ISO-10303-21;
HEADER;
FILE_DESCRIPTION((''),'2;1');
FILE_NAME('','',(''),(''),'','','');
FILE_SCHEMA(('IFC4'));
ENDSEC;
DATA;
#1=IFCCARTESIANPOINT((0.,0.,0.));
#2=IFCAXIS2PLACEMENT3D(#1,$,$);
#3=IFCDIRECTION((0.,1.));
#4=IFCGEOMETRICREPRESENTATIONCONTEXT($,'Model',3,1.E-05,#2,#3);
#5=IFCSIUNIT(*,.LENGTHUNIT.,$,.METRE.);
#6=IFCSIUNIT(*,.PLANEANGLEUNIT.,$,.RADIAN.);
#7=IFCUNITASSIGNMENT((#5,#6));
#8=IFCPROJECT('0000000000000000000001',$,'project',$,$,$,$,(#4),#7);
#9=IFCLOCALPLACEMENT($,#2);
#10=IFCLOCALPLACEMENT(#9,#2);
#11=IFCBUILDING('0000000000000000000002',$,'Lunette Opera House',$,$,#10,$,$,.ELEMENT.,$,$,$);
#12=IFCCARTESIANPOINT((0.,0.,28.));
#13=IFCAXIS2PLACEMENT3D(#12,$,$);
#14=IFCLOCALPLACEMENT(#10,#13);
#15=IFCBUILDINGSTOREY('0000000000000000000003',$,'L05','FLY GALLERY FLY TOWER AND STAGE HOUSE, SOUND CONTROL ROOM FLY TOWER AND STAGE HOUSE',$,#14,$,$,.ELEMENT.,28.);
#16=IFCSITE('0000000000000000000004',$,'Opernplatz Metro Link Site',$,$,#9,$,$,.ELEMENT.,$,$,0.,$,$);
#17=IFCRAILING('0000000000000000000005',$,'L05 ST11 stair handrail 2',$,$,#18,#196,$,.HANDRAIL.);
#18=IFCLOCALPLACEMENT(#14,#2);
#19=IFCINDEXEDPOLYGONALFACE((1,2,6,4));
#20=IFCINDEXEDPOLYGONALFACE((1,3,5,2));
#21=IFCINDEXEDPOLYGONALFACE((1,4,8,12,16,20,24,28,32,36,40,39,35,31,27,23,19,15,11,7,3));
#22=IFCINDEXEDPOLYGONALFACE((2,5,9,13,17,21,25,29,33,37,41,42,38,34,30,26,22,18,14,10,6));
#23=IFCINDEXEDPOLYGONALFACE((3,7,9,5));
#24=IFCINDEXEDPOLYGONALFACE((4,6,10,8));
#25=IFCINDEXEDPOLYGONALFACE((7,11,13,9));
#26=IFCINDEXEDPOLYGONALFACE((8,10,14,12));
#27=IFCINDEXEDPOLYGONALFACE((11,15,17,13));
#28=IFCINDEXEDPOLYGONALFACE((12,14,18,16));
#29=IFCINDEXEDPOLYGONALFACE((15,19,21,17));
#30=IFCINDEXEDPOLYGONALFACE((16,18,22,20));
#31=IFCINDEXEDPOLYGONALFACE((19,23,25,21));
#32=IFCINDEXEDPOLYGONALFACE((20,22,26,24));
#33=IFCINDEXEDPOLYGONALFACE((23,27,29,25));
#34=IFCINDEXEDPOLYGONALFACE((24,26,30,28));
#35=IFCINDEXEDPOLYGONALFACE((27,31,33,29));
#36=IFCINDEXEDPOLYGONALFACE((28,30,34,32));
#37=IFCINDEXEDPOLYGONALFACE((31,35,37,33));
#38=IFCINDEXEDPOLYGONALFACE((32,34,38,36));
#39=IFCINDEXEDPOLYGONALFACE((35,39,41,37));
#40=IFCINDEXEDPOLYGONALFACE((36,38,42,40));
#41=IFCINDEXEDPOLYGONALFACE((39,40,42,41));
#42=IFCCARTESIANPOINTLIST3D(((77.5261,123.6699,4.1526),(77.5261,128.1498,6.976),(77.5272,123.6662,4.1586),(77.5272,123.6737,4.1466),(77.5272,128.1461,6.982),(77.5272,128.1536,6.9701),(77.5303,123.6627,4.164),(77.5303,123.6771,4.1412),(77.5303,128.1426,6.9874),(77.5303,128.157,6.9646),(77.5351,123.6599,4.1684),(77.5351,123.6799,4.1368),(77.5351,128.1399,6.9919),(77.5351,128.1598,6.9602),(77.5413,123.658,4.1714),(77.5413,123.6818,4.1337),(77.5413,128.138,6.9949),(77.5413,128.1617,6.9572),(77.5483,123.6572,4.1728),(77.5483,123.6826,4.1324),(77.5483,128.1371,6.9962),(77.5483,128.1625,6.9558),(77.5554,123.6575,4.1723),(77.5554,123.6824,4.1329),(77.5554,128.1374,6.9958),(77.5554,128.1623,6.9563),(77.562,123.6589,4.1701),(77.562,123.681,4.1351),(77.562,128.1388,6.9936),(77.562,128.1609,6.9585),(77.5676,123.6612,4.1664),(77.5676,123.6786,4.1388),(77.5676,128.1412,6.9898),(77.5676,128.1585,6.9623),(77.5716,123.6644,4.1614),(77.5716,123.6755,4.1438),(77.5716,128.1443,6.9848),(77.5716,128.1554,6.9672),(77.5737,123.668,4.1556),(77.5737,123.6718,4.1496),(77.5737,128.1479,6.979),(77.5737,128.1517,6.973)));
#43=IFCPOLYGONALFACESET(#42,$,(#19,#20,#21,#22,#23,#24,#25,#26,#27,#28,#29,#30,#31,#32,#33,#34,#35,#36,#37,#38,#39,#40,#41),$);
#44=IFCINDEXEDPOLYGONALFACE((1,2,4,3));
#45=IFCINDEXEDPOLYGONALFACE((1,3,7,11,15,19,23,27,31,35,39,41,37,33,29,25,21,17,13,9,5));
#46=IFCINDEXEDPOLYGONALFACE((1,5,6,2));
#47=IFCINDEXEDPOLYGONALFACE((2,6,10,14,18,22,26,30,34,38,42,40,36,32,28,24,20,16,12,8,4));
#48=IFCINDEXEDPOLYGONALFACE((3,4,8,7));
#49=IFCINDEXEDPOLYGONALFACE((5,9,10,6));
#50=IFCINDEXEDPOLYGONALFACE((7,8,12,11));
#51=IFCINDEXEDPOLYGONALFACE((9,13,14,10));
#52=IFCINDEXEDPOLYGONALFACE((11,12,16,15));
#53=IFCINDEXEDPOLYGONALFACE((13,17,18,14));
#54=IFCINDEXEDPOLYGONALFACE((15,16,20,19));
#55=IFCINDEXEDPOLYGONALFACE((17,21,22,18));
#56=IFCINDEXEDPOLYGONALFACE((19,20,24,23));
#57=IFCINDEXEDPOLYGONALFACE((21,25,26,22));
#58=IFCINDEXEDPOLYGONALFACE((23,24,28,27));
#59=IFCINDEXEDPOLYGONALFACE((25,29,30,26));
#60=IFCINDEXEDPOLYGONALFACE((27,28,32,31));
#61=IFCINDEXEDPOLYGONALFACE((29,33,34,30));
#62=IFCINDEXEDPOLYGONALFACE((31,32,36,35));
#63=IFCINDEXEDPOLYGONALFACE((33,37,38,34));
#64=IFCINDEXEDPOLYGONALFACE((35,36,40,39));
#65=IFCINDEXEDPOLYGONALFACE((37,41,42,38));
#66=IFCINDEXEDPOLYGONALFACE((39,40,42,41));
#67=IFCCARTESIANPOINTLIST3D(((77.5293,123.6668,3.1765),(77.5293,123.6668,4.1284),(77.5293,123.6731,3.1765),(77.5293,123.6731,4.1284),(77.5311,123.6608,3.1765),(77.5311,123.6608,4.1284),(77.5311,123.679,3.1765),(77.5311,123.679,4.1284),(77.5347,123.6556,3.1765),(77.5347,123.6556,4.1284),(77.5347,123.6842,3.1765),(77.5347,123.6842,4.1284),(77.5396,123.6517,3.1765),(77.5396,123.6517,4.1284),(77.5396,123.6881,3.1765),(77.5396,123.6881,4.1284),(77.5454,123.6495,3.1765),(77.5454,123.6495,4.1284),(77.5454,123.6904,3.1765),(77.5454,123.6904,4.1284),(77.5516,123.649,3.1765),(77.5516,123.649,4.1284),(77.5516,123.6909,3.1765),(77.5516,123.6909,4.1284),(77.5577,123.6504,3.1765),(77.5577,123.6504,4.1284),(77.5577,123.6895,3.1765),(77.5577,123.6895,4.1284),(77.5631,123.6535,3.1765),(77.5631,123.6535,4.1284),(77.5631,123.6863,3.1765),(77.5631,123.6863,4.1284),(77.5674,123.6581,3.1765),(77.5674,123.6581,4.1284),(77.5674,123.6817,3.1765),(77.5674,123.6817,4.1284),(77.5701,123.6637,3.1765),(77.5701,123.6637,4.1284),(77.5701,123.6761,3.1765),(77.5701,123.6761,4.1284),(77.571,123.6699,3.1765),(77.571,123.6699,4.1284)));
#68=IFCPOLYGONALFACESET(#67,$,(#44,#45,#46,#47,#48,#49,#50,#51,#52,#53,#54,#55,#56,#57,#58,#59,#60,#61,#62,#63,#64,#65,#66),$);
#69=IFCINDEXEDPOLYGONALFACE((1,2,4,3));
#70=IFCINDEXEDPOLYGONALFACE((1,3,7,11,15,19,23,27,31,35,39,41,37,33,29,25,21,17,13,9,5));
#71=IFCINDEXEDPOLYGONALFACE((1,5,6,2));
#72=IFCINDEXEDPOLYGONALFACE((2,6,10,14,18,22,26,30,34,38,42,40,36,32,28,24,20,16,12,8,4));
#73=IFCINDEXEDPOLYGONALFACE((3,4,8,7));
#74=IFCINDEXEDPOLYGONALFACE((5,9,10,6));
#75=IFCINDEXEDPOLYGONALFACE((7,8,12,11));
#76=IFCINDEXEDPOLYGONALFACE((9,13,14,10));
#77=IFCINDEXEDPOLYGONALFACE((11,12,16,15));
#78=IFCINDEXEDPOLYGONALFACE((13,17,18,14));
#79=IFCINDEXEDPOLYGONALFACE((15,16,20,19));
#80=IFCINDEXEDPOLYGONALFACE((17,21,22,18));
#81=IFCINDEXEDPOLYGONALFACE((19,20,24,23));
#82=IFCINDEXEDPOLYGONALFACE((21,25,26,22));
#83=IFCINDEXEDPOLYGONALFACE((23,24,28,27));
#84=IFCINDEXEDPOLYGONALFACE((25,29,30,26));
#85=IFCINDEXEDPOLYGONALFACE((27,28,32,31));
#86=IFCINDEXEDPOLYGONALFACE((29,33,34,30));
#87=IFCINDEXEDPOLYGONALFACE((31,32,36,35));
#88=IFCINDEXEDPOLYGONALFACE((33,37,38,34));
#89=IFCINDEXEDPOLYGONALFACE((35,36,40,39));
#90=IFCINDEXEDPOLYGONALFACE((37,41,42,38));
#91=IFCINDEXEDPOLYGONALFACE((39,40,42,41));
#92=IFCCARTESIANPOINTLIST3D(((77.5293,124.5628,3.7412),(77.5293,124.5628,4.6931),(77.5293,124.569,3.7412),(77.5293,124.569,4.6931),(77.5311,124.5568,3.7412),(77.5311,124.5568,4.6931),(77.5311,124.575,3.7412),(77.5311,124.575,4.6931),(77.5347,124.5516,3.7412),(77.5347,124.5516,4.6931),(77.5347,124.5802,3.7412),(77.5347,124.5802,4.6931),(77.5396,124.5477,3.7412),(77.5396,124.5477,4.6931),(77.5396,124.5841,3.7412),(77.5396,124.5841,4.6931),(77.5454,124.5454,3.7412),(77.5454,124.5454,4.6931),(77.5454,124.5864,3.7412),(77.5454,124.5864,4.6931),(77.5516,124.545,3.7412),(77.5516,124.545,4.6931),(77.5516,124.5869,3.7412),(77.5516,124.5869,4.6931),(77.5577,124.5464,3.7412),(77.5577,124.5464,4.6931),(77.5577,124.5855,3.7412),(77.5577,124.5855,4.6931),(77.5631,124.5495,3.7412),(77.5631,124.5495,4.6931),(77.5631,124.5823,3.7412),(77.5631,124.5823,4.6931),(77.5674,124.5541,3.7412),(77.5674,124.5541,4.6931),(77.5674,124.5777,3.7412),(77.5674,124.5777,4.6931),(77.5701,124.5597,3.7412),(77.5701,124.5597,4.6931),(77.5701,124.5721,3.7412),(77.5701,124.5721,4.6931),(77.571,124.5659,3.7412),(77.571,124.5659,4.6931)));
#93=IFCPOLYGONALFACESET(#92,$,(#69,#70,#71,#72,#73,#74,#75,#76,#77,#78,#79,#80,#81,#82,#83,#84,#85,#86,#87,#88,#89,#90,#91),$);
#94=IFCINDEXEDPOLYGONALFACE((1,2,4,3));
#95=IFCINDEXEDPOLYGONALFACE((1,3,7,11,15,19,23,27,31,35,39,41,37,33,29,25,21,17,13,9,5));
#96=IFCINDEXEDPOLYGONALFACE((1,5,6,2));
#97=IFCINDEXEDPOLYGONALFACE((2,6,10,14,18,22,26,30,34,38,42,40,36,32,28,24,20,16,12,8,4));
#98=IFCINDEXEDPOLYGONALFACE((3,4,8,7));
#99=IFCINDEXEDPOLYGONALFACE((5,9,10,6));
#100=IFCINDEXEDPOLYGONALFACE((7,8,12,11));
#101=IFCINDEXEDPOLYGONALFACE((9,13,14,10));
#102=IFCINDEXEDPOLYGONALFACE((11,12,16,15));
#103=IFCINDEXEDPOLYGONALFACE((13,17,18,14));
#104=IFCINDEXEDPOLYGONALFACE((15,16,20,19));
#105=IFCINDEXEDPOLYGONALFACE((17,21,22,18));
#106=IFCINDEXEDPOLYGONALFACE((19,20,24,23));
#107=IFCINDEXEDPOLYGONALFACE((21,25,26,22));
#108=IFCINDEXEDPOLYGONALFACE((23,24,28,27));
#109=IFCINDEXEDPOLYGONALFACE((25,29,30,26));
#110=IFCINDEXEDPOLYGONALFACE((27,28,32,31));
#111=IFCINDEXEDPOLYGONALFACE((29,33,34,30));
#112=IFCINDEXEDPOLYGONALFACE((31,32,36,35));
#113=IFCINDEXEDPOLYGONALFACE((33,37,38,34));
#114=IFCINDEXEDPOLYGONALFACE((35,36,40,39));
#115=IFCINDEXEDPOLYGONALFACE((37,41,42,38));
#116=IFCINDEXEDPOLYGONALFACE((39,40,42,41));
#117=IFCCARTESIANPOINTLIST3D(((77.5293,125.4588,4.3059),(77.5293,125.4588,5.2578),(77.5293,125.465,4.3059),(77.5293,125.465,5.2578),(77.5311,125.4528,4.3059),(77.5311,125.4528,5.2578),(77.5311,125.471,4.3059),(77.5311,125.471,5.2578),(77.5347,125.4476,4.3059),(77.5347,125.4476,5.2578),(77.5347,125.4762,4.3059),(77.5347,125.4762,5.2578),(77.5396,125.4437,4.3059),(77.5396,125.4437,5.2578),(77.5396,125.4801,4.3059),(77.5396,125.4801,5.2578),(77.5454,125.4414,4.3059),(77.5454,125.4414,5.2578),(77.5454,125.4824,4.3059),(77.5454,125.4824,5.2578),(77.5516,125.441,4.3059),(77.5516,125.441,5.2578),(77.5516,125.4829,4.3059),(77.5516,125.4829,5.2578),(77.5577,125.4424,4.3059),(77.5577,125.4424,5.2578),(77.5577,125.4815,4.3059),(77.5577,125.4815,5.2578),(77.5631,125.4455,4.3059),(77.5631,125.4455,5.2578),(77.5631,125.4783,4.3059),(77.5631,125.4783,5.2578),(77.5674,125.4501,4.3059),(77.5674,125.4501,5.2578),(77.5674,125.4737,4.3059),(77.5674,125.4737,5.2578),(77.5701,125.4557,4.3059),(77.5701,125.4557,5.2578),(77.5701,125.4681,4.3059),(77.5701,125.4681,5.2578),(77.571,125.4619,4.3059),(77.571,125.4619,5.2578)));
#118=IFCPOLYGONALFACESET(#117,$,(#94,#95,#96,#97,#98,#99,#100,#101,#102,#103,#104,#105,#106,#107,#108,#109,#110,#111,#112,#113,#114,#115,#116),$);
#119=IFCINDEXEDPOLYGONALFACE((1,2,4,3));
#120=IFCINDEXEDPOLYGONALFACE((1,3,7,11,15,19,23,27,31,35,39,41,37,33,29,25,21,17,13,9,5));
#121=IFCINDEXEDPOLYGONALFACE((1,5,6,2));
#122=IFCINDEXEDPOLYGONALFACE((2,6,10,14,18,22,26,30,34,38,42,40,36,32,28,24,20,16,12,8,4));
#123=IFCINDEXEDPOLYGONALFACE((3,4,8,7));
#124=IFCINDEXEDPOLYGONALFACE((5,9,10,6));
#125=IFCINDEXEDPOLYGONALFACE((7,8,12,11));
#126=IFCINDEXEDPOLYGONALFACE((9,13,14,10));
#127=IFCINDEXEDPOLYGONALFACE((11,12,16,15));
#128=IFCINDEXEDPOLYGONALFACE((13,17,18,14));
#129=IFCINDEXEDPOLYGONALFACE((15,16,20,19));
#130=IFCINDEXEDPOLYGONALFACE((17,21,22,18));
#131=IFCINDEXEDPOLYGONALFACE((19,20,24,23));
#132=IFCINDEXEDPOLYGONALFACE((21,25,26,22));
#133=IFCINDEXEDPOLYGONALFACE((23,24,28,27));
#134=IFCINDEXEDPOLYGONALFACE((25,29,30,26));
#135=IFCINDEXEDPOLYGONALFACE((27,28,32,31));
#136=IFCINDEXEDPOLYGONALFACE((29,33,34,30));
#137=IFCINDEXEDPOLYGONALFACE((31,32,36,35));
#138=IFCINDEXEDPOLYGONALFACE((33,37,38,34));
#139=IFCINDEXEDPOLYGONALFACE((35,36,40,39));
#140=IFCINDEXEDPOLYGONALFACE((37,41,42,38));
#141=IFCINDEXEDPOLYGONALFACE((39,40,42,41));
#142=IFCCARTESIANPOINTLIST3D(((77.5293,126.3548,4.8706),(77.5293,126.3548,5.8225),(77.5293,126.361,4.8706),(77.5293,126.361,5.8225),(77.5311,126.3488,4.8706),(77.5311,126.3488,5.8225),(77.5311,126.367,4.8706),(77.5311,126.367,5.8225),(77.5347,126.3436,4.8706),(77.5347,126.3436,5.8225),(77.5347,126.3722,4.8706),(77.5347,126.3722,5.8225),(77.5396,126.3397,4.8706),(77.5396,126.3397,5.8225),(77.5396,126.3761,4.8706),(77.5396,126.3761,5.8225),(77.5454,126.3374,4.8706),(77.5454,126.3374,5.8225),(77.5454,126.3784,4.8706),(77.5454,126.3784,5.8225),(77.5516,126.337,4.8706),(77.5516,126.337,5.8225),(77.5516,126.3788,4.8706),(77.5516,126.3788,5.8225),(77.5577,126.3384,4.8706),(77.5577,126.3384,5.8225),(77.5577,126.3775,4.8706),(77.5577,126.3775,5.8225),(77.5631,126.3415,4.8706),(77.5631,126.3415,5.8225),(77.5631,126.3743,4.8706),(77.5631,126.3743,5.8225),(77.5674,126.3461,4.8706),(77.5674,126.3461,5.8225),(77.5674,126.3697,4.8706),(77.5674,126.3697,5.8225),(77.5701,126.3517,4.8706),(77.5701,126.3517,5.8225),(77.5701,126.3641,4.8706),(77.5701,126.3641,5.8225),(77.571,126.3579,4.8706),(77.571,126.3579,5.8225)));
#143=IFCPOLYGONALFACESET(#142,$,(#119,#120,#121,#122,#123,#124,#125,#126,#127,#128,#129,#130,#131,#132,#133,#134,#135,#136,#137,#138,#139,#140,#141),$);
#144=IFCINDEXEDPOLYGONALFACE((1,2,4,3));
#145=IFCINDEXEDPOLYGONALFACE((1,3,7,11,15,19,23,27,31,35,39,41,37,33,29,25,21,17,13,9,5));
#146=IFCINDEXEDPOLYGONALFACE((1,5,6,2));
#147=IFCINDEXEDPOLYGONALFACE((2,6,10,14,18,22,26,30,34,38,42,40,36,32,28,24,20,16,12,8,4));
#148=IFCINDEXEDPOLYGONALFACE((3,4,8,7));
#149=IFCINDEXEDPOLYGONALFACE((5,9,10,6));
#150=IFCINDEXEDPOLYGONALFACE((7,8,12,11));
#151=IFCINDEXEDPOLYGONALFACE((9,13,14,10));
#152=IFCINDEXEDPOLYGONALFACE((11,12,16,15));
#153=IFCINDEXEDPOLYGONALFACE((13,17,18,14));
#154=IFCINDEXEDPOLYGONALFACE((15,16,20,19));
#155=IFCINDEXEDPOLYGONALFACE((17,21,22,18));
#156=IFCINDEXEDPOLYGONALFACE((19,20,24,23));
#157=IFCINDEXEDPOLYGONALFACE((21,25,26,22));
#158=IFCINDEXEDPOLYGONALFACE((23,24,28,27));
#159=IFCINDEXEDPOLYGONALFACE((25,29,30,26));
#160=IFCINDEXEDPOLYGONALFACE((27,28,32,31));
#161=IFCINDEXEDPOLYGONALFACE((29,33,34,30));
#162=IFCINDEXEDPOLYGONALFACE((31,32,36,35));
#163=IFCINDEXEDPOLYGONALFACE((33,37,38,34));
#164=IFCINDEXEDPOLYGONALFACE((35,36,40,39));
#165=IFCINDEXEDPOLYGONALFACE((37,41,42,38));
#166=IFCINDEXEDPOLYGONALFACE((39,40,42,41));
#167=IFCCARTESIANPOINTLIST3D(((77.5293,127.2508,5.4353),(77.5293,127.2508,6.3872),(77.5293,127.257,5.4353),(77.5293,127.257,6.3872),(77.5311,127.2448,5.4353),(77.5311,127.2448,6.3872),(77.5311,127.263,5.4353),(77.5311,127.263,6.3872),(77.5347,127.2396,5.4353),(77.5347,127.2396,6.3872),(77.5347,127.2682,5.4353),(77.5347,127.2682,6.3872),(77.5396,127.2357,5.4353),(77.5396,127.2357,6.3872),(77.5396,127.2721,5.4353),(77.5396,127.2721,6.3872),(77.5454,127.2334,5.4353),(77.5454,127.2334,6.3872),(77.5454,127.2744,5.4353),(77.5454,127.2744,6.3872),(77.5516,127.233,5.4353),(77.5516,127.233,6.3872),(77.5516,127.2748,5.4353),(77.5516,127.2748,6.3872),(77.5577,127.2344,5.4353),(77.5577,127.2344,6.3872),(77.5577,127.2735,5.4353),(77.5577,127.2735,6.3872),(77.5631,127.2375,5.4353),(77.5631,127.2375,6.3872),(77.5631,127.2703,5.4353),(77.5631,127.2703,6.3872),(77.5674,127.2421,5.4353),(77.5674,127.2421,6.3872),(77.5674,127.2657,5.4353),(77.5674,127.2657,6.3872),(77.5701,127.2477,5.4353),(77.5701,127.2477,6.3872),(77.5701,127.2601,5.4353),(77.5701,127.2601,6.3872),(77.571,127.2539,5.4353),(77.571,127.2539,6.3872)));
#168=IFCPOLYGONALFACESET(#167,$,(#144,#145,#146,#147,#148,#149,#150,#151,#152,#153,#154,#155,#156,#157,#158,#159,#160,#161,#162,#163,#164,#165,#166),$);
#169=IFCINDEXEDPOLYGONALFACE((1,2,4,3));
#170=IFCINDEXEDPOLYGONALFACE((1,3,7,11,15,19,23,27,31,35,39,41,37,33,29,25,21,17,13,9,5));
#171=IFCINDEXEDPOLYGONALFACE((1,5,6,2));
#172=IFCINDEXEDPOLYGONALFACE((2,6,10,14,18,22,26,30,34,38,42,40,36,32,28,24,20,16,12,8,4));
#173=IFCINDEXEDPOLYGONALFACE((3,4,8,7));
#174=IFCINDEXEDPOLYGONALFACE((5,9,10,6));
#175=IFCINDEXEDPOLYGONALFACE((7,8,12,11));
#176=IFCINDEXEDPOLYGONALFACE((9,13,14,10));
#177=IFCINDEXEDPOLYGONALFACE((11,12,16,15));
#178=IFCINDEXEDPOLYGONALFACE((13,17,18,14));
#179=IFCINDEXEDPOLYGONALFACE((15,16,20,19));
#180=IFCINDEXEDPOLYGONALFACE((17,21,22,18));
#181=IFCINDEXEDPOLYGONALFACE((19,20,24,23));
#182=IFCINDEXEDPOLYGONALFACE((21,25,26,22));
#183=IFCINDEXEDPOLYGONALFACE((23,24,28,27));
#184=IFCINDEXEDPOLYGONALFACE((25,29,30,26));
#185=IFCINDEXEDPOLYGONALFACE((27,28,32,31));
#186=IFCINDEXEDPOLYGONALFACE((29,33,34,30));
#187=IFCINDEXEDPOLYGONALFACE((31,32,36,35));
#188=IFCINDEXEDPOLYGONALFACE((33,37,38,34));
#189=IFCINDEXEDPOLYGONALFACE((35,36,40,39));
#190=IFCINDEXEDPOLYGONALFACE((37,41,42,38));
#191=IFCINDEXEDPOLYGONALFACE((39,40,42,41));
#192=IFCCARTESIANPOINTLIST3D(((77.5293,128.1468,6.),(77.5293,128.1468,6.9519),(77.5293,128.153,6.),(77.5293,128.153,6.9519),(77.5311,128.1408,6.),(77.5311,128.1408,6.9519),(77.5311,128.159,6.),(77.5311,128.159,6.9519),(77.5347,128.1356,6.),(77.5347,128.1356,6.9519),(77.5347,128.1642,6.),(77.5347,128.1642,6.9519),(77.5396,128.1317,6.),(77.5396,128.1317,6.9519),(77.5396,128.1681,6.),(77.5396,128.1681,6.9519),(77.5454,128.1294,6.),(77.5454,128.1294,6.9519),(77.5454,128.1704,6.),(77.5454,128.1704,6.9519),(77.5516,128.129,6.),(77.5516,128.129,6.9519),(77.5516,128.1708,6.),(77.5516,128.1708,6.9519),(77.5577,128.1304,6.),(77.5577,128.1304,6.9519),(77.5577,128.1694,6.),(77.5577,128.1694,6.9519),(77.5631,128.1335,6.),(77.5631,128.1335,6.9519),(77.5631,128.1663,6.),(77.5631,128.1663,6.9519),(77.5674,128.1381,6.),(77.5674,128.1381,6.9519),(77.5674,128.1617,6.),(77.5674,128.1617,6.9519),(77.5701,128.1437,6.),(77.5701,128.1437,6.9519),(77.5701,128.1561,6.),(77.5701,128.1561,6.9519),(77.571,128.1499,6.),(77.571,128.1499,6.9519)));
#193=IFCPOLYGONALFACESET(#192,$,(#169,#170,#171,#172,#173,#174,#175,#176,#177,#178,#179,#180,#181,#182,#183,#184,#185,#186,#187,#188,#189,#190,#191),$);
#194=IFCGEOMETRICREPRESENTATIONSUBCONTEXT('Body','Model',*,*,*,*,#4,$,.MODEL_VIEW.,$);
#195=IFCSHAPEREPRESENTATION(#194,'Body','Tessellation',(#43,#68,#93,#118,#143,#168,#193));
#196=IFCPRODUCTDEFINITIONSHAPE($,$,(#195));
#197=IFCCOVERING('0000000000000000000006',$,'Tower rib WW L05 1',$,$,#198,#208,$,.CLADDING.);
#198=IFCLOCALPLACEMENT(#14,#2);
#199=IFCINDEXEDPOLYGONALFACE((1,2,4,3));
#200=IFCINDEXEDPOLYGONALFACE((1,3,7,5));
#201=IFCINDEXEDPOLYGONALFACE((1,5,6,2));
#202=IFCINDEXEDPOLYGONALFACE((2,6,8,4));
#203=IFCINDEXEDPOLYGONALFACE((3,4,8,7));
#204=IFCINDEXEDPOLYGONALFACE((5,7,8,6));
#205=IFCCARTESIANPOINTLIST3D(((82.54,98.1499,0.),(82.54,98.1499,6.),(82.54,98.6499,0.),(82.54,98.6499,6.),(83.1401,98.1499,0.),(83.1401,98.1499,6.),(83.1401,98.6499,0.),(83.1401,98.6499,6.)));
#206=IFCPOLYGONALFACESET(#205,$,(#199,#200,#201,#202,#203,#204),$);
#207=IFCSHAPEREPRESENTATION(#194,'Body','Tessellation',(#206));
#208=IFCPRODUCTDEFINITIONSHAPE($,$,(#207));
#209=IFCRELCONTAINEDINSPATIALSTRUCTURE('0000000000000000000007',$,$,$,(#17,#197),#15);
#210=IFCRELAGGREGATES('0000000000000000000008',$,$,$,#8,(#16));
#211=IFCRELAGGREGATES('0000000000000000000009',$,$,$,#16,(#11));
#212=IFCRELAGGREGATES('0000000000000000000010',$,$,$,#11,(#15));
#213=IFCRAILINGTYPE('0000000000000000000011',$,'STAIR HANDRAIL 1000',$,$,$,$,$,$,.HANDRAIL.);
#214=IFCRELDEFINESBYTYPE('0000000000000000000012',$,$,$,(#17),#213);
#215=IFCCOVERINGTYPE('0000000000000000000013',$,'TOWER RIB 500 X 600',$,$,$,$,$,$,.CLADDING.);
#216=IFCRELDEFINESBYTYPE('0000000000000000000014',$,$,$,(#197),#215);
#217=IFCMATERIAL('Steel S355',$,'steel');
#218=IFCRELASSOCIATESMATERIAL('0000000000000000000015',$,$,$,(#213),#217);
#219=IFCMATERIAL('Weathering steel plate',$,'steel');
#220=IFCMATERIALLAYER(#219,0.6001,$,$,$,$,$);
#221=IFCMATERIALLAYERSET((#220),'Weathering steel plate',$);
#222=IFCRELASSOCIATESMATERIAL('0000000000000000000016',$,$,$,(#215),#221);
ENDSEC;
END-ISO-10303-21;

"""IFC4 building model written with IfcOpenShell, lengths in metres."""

from ifc_helpers import new_model, si_unit, direction, frame, origin, origin_2d, place, context, subcontext, project, spatial, rectangle, circle, extrude, material, layer, layer_set, type_object, element, save


model = new_model("IFC4")

# Units and contexts
model_context = context("Model", 3, precision=1e-05, world=origin(), true_north=direction((0.0, 1.0)))
body_context = subcontext(model_context, "Body", "Model", "MODEL_VIEW")
ifc_project = project(units=[si_unit("LENGTHUNIT", "METRE"), si_unit("PLANEANGLEUNIT", "RADIAN")], contexts=[model_context])

# Site, building, storey
site_placement = place(None, origin())
site = spatial("IfcSite", under=ifc_project, at=site_placement, Name="Opernplatz Metro Link Site", CompositionType="ELEMENT", RefElevation=0.0)
building_placement = place(site_placement, origin())
building = spatial("IfcBuilding", under=site, at=building_placement, Name="Lunette Opera House", CompositionType="ELEMENT")
storey_placement = place(building_placement, frame((0.0, 0.0, 28.0)))
storey = spatial("IfcBuildingStorey", under=building, at=storey_placement, Name="L05", Description="FLY GALLERY FLY TOWER AND STAGE HOUSE, SOUND CONTROL ROOM FLY TOWER AND STAGE HOUSE", CompositionType="ELEMENT", Elevation=28.0)

# Railing
ifc_material_1 = material(Name="Steel S355", Category="steel")
railing_type_1 = type_object("IfcRailingType", Name="STAIR HANDRAIL 1000", PredefinedType="HANDRAIL", material=ifc_material_1)
railing_1_placement = place(storey_placement, frame((77.55, 123.6699, 3.1765)))
element("IfcRailing", 1, at=railing_1_placement, inside=storey, type_object=railing_type_1, Name="L05 ST11 stair handrail 2", PredefinedType="HANDRAIL", context=body_context, shape_type="SweptSolid", body=[
    extrude(circle(Radius=0.0239, at=origin_2d()), frame((0.0, 0.0, 0.9761), z_axis=(0.0, 0.845998, 0.533186), x_axis=(-1.0, 0.0, 0.0)), (0.0, 0.0, 1.0), 5.2954),
    extrude(circle(Radius=0.021, at=origin_2d()), origin(), (0.0, 0.0, 1.0), 0.9519),
    extrude(circle(Radius=0.021, at=origin_2d()), frame((0.0, 0.896, 0.5647)), (0.0, 0.0, 1.0), 0.9519),
    extrude(circle(Radius=0.021, at=origin_2d()), frame((0.0, 1.792, 1.1294)), (0.0, 0.0, 1.0), 0.9519),
    extrude(circle(Radius=0.021, at=origin_2d()), frame((0.0, 2.688, 1.6941)), (0.0, 0.0, 1.0), 0.9519),
    extrude(circle(Radius=0.021, at=origin_2d()), frame((0.0, 3.584, 2.2588)), (0.0, 0.0, 1.0), 0.9519),
    extrude(circle(Radius=0.021, at=origin_2d()), frame((0.0, 4.48, 2.8235)), (0.0, 0.0, 1.0), 0.9519),
])

# Covering
ifc_material_2 = material(Name="Weathering steel plate", Category="steel")
ifc_layer_1 = layer(ifc_material_2, 0.6001)
ifc_layer_set_1 = layer_set([ifc_layer_1], Name="Weathering steel plate")
covering_type = type_object("IfcCoveringType", Name="TOWER RIB 500 X 600", PredefinedType="CLADDING", material=ifc_layer_set_1)
for number, where, z_axis, x_axis, name in (
    (2, (82.8401, 98.3999, 0.0), (0.0, 0.0, 1.0), (0.0, 1.0, 0.0), "Tower rib WW L05 1"),
):
    element("IfcCovering", number, at=place(storey_placement, frame(where, z_axis=z_axis, x_axis=x_axis)), inside=storey, type_object=covering_type, Name=name, PredefinedType="CLADDING", context=body_context, shape_type="SweptSolid", body=[
        extrude(rectangle(XDim=0.5, YDim=0.6001, at=origin_2d()), origin(), (0.0, 0.0, 1.0), 6.0),
    ])

save(model, "model.ifc")
